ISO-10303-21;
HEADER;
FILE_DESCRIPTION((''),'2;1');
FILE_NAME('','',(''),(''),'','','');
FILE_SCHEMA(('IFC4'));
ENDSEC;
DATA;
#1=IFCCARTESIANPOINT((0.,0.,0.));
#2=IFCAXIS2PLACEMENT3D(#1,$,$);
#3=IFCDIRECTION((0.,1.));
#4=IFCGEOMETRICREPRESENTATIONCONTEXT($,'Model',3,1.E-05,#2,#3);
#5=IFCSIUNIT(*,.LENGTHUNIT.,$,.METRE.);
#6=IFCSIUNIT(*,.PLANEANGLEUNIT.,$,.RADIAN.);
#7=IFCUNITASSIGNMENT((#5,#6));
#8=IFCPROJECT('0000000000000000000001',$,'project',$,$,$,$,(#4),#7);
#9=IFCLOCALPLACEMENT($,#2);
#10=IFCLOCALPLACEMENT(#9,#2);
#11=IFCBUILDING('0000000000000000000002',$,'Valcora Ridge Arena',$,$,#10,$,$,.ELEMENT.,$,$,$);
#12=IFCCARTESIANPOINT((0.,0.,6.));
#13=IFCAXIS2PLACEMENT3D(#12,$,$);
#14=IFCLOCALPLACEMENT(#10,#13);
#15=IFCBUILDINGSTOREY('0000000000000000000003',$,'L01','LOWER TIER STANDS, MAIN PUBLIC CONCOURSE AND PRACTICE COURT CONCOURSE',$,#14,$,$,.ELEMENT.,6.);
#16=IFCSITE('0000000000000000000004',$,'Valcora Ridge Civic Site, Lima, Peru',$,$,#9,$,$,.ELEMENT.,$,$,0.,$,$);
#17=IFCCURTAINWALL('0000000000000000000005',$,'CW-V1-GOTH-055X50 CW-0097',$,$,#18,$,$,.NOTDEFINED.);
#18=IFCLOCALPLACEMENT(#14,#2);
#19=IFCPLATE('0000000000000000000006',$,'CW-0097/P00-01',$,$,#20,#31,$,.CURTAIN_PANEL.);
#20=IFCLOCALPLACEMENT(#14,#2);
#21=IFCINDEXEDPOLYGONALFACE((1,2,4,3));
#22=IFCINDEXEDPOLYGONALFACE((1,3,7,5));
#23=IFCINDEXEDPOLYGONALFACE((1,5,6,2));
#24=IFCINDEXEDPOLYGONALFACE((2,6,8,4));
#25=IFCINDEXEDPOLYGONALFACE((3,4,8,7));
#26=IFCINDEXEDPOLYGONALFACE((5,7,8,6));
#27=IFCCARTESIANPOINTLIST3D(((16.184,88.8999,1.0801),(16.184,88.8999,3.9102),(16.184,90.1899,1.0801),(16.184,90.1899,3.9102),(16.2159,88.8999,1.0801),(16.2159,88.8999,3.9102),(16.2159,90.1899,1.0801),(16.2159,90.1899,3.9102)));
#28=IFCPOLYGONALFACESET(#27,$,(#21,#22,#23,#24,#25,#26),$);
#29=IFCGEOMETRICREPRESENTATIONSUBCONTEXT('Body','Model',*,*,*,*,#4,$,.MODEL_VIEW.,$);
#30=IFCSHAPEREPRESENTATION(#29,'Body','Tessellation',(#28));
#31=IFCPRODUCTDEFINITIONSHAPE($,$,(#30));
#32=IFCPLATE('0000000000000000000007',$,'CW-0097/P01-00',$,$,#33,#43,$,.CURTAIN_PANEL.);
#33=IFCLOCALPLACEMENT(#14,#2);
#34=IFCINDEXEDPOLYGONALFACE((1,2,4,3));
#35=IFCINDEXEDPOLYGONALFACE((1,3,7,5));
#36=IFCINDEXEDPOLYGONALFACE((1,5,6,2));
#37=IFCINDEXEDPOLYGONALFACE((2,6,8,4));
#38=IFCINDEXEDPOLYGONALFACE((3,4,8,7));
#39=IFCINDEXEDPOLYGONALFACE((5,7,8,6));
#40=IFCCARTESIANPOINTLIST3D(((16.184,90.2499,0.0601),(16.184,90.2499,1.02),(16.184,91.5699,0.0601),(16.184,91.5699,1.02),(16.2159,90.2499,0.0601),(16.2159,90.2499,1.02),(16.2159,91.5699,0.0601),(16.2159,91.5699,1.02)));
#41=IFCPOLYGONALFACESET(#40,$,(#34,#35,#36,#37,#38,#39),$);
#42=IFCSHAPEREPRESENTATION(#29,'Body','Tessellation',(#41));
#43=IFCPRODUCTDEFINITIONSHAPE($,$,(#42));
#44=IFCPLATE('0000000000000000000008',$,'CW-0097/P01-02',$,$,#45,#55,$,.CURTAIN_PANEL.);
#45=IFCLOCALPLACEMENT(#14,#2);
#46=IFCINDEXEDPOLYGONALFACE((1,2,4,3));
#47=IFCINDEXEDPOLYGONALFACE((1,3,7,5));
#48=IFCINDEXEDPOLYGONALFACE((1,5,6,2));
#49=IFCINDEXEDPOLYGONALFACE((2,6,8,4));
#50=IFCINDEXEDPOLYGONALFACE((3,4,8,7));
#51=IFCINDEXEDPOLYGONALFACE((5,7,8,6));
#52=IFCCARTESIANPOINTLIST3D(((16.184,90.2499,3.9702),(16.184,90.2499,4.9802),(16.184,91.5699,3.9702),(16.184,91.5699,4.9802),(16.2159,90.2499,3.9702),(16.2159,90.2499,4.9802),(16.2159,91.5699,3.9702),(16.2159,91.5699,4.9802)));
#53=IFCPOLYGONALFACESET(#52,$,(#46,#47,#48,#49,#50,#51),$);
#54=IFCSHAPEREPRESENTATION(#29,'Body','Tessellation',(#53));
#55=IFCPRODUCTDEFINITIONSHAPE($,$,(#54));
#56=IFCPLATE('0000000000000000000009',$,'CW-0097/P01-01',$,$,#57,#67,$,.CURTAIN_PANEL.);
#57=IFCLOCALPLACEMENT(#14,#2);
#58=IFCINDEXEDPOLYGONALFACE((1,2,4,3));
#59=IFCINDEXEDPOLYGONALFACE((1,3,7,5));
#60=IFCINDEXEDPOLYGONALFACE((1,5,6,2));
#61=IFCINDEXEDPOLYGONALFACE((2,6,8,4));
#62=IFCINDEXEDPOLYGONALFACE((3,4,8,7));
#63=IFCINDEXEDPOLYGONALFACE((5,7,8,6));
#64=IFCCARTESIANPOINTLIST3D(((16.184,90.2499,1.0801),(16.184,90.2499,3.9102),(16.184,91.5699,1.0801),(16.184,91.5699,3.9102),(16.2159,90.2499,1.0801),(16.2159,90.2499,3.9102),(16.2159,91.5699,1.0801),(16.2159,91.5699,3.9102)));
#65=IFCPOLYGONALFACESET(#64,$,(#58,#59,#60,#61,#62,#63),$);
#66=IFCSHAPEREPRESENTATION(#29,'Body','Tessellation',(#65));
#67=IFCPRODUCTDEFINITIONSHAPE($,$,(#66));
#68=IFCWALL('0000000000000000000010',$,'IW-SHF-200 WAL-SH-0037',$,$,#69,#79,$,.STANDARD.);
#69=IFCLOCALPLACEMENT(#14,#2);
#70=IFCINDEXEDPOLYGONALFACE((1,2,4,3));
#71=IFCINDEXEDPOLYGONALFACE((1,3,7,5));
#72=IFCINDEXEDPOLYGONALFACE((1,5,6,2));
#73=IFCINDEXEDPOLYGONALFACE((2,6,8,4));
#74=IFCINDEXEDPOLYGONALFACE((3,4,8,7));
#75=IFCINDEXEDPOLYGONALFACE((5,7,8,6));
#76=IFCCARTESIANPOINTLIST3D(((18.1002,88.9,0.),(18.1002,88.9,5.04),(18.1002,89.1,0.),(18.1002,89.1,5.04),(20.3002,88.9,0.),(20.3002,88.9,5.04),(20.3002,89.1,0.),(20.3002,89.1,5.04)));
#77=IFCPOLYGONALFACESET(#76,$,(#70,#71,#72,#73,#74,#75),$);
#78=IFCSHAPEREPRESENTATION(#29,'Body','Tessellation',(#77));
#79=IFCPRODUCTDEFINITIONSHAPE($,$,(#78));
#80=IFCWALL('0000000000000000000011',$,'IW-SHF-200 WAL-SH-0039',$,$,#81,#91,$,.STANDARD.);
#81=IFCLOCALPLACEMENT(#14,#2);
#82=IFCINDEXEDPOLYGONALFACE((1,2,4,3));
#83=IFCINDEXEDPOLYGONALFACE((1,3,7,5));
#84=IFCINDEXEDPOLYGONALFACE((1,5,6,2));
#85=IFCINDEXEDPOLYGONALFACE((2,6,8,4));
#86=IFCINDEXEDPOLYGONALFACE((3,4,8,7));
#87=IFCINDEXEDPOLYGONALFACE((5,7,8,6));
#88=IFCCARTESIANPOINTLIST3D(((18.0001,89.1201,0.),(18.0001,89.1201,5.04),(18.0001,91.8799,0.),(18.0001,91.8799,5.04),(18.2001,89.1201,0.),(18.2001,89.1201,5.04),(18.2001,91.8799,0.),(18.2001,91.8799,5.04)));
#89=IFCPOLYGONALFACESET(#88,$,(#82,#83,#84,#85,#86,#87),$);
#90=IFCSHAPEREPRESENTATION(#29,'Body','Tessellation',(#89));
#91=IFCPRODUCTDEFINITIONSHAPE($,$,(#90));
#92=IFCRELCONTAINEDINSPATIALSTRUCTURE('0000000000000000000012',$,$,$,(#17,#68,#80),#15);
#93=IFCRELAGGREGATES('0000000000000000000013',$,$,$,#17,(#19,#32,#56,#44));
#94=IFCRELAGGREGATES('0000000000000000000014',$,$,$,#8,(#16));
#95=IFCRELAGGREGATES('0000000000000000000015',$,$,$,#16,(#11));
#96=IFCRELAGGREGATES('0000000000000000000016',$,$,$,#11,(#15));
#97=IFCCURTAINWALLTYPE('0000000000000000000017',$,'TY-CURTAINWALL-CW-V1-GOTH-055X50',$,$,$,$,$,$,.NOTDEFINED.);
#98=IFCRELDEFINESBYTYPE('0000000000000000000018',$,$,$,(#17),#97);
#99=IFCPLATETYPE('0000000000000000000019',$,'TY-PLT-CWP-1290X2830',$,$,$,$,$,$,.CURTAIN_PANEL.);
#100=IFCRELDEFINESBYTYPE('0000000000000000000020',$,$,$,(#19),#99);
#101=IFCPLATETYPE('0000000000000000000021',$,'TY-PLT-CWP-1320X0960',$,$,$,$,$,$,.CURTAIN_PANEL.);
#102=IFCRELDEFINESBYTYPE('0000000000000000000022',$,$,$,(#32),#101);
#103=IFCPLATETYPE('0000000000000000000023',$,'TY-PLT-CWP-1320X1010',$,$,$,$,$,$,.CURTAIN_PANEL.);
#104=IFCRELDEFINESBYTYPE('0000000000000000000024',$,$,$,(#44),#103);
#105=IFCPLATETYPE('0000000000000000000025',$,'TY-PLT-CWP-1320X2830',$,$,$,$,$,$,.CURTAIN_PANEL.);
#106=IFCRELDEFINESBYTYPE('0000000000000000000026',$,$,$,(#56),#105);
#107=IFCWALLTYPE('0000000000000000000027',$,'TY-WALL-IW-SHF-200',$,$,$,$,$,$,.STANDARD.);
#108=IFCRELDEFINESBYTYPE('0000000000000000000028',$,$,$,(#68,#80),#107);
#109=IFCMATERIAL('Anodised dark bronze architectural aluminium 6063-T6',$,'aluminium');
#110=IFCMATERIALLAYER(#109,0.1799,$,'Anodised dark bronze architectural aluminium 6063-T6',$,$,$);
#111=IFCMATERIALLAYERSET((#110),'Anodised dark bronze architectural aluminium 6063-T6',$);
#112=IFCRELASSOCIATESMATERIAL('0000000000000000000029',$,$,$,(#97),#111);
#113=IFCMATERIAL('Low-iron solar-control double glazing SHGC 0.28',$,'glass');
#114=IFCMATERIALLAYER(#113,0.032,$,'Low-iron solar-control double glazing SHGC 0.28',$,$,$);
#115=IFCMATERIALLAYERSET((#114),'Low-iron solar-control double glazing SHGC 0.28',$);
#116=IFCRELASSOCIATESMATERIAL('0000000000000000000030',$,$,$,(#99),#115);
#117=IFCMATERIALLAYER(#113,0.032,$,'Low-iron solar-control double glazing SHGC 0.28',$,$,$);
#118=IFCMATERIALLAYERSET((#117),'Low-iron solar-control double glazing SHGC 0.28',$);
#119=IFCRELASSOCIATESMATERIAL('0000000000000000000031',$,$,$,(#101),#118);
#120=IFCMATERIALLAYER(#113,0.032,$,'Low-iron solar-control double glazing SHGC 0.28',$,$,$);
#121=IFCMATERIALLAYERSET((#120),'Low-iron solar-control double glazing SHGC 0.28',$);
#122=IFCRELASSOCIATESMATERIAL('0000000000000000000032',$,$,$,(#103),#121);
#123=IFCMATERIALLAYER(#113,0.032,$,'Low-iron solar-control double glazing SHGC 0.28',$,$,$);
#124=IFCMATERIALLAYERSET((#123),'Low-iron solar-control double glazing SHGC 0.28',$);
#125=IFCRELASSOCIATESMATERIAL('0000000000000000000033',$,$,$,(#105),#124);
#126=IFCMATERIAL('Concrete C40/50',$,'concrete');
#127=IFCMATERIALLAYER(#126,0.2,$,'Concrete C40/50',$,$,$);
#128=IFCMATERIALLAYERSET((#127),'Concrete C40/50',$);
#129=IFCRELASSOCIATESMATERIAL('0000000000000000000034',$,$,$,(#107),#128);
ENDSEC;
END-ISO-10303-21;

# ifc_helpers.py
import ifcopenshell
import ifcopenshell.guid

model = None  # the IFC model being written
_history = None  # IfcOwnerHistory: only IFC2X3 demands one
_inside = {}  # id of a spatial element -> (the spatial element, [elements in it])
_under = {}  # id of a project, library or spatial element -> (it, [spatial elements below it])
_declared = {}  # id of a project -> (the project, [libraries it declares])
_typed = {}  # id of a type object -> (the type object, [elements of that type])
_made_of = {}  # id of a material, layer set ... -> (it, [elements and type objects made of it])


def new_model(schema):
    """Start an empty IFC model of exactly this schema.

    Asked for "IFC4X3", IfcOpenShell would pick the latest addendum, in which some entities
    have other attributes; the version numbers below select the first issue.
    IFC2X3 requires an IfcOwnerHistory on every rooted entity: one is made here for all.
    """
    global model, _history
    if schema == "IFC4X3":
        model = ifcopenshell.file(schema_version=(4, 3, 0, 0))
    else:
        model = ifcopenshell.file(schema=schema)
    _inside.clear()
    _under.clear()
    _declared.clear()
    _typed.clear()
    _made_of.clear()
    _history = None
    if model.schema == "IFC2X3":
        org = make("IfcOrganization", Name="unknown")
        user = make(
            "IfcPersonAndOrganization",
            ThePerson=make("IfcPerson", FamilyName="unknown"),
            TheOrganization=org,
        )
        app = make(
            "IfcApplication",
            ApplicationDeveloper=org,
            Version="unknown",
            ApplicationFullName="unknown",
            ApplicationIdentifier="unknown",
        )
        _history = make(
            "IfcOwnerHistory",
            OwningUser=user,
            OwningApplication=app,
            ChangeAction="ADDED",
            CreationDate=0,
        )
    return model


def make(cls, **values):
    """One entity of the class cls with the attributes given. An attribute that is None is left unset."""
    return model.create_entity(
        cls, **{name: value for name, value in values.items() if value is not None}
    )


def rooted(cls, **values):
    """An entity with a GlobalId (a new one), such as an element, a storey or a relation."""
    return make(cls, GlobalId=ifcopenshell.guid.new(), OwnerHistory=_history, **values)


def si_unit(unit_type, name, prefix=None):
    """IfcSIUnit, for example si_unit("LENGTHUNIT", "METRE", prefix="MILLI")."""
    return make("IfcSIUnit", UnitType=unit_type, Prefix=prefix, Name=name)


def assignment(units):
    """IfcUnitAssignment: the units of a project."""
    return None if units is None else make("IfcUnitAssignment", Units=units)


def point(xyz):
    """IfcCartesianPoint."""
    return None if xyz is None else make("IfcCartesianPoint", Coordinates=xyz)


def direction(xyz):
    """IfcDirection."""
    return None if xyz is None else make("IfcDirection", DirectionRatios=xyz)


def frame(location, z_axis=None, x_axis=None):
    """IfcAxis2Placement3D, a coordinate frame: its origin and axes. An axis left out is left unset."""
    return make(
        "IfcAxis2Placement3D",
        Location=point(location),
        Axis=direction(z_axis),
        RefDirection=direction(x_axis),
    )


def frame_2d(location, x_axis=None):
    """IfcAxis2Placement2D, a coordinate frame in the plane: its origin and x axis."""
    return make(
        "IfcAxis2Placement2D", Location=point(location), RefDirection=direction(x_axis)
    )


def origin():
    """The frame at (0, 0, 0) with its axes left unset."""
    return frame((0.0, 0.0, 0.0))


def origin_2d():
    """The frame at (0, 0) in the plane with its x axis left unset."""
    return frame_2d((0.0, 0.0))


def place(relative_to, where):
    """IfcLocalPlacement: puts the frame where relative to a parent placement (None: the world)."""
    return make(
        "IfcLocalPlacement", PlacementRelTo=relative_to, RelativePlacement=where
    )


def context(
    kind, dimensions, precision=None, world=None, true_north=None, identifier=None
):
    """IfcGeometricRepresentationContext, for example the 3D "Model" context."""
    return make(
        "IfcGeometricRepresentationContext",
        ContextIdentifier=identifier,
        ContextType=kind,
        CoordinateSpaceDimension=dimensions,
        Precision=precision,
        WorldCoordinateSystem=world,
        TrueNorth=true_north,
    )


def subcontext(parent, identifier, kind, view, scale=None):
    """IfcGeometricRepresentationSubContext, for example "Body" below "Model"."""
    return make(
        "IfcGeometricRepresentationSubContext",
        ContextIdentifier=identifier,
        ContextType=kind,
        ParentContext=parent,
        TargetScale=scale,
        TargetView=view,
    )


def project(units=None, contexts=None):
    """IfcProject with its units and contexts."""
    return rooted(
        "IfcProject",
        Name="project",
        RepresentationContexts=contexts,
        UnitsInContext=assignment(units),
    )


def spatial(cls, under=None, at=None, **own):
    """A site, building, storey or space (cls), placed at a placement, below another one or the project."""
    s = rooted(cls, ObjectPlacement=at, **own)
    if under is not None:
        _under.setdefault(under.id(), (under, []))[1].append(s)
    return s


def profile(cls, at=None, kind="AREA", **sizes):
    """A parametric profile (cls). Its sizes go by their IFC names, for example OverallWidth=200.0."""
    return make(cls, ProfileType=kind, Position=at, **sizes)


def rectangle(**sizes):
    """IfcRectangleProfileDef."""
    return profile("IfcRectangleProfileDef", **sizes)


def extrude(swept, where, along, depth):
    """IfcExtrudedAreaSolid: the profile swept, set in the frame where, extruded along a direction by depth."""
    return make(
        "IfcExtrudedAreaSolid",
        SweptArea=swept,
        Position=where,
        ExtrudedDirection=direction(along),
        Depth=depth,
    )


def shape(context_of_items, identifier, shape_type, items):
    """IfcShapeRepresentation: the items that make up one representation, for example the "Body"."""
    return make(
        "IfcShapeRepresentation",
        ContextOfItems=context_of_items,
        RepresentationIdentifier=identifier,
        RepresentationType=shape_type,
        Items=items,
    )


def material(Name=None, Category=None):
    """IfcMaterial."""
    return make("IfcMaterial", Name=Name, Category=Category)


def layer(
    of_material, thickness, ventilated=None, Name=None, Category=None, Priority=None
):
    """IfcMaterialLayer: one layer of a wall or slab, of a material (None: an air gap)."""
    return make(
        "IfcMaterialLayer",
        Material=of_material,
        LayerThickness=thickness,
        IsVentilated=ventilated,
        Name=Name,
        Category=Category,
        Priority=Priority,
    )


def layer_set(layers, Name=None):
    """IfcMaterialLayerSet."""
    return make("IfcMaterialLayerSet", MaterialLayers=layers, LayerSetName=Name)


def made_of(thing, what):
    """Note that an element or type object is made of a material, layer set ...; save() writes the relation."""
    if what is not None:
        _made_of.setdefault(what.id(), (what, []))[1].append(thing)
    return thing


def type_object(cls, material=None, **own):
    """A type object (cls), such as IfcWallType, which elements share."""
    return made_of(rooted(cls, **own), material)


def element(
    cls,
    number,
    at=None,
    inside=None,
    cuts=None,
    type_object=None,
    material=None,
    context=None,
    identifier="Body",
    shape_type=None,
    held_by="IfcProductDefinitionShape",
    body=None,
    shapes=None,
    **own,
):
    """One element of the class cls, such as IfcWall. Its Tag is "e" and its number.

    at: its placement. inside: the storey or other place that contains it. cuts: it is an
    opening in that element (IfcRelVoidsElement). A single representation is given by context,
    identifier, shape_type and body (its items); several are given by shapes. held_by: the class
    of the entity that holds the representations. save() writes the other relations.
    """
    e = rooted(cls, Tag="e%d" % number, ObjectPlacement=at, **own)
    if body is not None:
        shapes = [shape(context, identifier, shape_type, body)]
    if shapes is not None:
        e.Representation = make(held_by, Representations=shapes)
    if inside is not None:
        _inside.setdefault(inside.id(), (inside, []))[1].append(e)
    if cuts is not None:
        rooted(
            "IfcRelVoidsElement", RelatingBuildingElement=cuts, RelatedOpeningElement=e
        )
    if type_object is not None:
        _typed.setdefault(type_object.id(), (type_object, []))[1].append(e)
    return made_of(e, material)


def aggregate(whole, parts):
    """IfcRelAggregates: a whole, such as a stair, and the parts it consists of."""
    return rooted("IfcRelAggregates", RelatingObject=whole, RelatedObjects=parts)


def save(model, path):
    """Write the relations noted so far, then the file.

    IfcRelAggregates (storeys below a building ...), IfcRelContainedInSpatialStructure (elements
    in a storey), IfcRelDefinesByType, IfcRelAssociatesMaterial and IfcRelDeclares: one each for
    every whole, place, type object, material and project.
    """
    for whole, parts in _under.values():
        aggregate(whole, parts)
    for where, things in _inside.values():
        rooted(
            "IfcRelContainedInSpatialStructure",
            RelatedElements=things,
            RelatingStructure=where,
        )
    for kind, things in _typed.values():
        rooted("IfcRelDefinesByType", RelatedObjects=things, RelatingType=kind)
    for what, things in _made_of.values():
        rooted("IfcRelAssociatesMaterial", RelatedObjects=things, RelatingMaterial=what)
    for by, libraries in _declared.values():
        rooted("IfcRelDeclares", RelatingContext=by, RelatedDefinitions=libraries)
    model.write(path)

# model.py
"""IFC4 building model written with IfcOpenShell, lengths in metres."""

from ifc_helpers import new_model, si_unit, direction, frame, frame_2d, origin, origin_2d, place, context, subcontext, project, spatial, rectangle, extrude, material, layer, layer_set, type_object, element, aggregate, save


model = new_model("IFC4")

# Units and contexts
model_context = context("Model", 3, precision=1e-05, world=origin(), true_north=direction((0.0, 1.0)))
body_context = subcontext(model_context, "Body", "Model", "MODEL_VIEW")
ifc_project = project(units=[si_unit("LENGTHUNIT", "METRE"), si_unit("PLANEANGLEUNIT", "RADIAN")], contexts=[model_context])

# Site, building, storey
site_placement = place(None, origin())
site = spatial("IfcSite", under=ifc_project, at=site_placement, Name="Valcora Ridge Civic Site, Lima, Peru", CompositionType="ELEMENT", RefElevation=0.0)
building_placement = place(site_placement, origin())
building = spatial("IfcBuilding", under=site, at=building_placement, Name="Valcora Ridge Arena", CompositionType="ELEMENT")
storey_placement = place(building_placement, frame((0.0, 0.0, 6.0)))
storey = spatial("IfcBuildingStorey", under=building, at=storey_placement, Name="L01", Description="LOWER TIER STANDS, MAIN PUBLIC CONCOURSE AND PRACTICE COURT CONCOURSE", CompositionType="ELEMENT", Elevation=6.0)

# Curtain wall, plates
ifc_material_1 = material(Name="Anodised dark bronze architectural aluminium 6063-T6", Category="aluminium")
ifc_layer_1 = layer(ifc_material_1, 0.1799, Name="Anodised dark bronze architectural aluminium 6063-T6")
ifc_layer_set_1 = layer_set([ifc_layer_1], Name="Anodised dark bronze architectural aluminium 6063-T6")
curtain_wall_type = type_object("IfcCurtainWallType", Name="TY-CURTAINWALL-CW-V1-GOTH-055X50", PredefinedType="NOTDEFINED", material=ifc_layer_set_1)
curtain_wall_placement = place(storey_placement, origin())
curtain_wall = element("IfcCurtainWall", 1, at=curtain_wall_placement, inside=storey, type_object=curtain_wall_type, Name="CW-V1-GOTH-055X50 CW-0097", PredefinedType="NOTDEFINED")
ifc_material_2 = material(Name="Low-iron solar-control double glazing SHGC 0.28", Category="glass")
ifc_layer_2 = layer(ifc_material_2, 0.032, Name="Low-iron solar-control double glazing SHGC 0.28")
ifc_layer_set_2 = layer_set([ifc_layer_2], Name="Low-iron solar-control double glazing SHGC 0.28")
plate_type_1 = type_object("IfcPlateType", Name="TY-PLT-CWP-1290X2830", PredefinedType="CURTAIN_PANEL", material=ifc_layer_set_2)
plate_1_placement = place(storey_placement, frame((16.2, 89.5449, 1.0801), z_axis=(0.0, 0.0, 1.0), x_axis=(0.0, 1.0, 0.0)))
plate_1 = element("IfcPlate", 2, at=plate_1_placement, type_object=plate_type_1, Name="CW-0097/P00-01", PredefinedType="CURTAIN_PANEL", context=body_context, shape_type="SweptSolid", body=[
    extrude(rectangle(XDim=1.29, YDim=0.032, at=origin_2d()), origin(), (0.0, 0.0, 1.0), 2.8301),
])
ifc_layer_3 = layer(ifc_material_2, 0.032, Name="Low-iron solar-control double glazing SHGC 0.28")
ifc_layer_set_3 = layer_set([ifc_layer_3], Name="Low-iron solar-control double glazing SHGC 0.28")
plate_type_2 = type_object("IfcPlateType", Name="TY-PLT-CWP-1320X0960", PredefinedType="CURTAIN_PANEL", material=ifc_layer_set_3)
plate_2_placement = place(storey_placement, frame((16.2, 90.9099, 0.0601), z_axis=(0.0, 0.0, 1.0), x_axis=(0.0, 1.0, 0.0)))
plate_2 = element("IfcPlate", 3, at=plate_2_placement, type_object=plate_type_2, Name="CW-0097/P01-00", PredefinedType="CURTAIN_PANEL", context=body_context, shape_type="SweptSolid", body=[
    extrude(rectangle(XDim=1.3201, YDim=0.032, at=origin_2d()), origin(), (0.0, 0.0, 1.0), 0.96),
])
ifc_layer_4 = layer(ifc_material_2, 0.032, Name="Low-iron solar-control double glazing SHGC 0.28")
ifc_layer_set_4 = layer_set([ifc_layer_4], Name="Low-iron solar-control double glazing SHGC 0.28")
plate_type_3 = type_object("IfcPlateType", Name="TY-PLT-CWP-1320X1010", PredefinedType="CURTAIN_PANEL", material=ifc_layer_set_4)
plate_3_placement = place(storey_placement, frame((16.2, 90.9099, 3.9702), z_axis=(0.0, 0.0, 1.0), x_axis=(0.0, 1.0, 0.0)))
plate_3 = element("IfcPlate", 4, at=plate_3_placement, type_object=plate_type_3, Name="CW-0097/P01-02", PredefinedType="CURTAIN_PANEL", context=body_context, shape_type="SweptSolid", body=[
    extrude(rectangle(XDim=1.3201, YDim=0.032, at=origin_2d()), origin(), (0.0, 0.0, 1.0), 1.01),
])
ifc_layer_5 = layer(ifc_material_2, 0.032, Name="Low-iron solar-control double glazing SHGC 0.28")
ifc_layer_set_5 = layer_set([ifc_layer_5], Name="Low-iron solar-control double glazing SHGC 0.28")
plate_type_4 = type_object("IfcPlateType", Name="TY-PLT-CWP-1320X2830", PredefinedType="CURTAIN_PANEL", material=ifc_layer_set_5)
plate_4_placement = place(storey_placement, frame((16.2, 90.9099, 1.0801), z_axis=(0.0, 0.0, 1.0), x_axis=(0.0, 1.0, 0.0)))
plate_4 = element("IfcPlate", 5, at=plate_4_placement, type_object=plate_type_4, Name="CW-0097/P01-01", PredefinedType="CURTAIN_PANEL", context=body_context, shape_type="SweptSolid", body=[
    extrude(rectangle(XDim=1.3201, YDim=0.032, at=origin_2d()), origin(), (0.0, 0.0, 1.0), 2.8301),
])
aggregate(curtain_wall, [plate_1, plate_2, plate_4, plate_3])

# Walls
ifc_material_3 = material(Name="Concrete C40/50", Category="concrete")
ifc_layer_6 = layer(ifc_material_3, 0.2, Name="Concrete C40/50")
ifc_layer_set_6 = layer_set([ifc_layer_6], Name="Concrete C40/50")
wall_type = type_object("IfcWallType", Name="TY-WALL-IW-SHF-200", PredefinedType="STANDARD", material=ifc_layer_set_6)
wall_1_placement = place(storey_placement, frame((18.1001, 89.0, 0.0), z_axis=(0.0, 0.0, 1.0), x_axis=(1.0, 0.0, 0.0)))
element("IfcWall", 6, at=wall_1_placement, inside=storey, type_object=wall_type, Name="IW-SHF-200 WAL-SH-0037", PredefinedType="STANDARD", context=body_context, shape_type="SweptSolid", body=[
    extrude(rectangle(XDim=2.2, YDim=0.2, at=frame_2d((1.1001, 0.0))), origin(), (0.0, 0.0, 1.0), 5.04),
])
wall_2_placement = place(storey_placement, frame((18.1001, 89.1201, 0.0), z_axis=(0.0, 0.0, 1.0), x_axis=(0.0, 1.0, 0.0)))
element("IfcWall", 7, at=wall_2_placement, inside=storey, type_object=wall_type, Name="IW-SHF-200 WAL-SH-0039", PredefinedType="STANDARD", context=body_context, shape_type="SweptSolid", body=[
    extrude(rectangle(XDim=2.7598, YDim=0.2, at=frame_2d((1.3799, 0.0))), origin(), (0.0, 0.0, 1.0), 5.04),
])

save(model, "model.ifc")
